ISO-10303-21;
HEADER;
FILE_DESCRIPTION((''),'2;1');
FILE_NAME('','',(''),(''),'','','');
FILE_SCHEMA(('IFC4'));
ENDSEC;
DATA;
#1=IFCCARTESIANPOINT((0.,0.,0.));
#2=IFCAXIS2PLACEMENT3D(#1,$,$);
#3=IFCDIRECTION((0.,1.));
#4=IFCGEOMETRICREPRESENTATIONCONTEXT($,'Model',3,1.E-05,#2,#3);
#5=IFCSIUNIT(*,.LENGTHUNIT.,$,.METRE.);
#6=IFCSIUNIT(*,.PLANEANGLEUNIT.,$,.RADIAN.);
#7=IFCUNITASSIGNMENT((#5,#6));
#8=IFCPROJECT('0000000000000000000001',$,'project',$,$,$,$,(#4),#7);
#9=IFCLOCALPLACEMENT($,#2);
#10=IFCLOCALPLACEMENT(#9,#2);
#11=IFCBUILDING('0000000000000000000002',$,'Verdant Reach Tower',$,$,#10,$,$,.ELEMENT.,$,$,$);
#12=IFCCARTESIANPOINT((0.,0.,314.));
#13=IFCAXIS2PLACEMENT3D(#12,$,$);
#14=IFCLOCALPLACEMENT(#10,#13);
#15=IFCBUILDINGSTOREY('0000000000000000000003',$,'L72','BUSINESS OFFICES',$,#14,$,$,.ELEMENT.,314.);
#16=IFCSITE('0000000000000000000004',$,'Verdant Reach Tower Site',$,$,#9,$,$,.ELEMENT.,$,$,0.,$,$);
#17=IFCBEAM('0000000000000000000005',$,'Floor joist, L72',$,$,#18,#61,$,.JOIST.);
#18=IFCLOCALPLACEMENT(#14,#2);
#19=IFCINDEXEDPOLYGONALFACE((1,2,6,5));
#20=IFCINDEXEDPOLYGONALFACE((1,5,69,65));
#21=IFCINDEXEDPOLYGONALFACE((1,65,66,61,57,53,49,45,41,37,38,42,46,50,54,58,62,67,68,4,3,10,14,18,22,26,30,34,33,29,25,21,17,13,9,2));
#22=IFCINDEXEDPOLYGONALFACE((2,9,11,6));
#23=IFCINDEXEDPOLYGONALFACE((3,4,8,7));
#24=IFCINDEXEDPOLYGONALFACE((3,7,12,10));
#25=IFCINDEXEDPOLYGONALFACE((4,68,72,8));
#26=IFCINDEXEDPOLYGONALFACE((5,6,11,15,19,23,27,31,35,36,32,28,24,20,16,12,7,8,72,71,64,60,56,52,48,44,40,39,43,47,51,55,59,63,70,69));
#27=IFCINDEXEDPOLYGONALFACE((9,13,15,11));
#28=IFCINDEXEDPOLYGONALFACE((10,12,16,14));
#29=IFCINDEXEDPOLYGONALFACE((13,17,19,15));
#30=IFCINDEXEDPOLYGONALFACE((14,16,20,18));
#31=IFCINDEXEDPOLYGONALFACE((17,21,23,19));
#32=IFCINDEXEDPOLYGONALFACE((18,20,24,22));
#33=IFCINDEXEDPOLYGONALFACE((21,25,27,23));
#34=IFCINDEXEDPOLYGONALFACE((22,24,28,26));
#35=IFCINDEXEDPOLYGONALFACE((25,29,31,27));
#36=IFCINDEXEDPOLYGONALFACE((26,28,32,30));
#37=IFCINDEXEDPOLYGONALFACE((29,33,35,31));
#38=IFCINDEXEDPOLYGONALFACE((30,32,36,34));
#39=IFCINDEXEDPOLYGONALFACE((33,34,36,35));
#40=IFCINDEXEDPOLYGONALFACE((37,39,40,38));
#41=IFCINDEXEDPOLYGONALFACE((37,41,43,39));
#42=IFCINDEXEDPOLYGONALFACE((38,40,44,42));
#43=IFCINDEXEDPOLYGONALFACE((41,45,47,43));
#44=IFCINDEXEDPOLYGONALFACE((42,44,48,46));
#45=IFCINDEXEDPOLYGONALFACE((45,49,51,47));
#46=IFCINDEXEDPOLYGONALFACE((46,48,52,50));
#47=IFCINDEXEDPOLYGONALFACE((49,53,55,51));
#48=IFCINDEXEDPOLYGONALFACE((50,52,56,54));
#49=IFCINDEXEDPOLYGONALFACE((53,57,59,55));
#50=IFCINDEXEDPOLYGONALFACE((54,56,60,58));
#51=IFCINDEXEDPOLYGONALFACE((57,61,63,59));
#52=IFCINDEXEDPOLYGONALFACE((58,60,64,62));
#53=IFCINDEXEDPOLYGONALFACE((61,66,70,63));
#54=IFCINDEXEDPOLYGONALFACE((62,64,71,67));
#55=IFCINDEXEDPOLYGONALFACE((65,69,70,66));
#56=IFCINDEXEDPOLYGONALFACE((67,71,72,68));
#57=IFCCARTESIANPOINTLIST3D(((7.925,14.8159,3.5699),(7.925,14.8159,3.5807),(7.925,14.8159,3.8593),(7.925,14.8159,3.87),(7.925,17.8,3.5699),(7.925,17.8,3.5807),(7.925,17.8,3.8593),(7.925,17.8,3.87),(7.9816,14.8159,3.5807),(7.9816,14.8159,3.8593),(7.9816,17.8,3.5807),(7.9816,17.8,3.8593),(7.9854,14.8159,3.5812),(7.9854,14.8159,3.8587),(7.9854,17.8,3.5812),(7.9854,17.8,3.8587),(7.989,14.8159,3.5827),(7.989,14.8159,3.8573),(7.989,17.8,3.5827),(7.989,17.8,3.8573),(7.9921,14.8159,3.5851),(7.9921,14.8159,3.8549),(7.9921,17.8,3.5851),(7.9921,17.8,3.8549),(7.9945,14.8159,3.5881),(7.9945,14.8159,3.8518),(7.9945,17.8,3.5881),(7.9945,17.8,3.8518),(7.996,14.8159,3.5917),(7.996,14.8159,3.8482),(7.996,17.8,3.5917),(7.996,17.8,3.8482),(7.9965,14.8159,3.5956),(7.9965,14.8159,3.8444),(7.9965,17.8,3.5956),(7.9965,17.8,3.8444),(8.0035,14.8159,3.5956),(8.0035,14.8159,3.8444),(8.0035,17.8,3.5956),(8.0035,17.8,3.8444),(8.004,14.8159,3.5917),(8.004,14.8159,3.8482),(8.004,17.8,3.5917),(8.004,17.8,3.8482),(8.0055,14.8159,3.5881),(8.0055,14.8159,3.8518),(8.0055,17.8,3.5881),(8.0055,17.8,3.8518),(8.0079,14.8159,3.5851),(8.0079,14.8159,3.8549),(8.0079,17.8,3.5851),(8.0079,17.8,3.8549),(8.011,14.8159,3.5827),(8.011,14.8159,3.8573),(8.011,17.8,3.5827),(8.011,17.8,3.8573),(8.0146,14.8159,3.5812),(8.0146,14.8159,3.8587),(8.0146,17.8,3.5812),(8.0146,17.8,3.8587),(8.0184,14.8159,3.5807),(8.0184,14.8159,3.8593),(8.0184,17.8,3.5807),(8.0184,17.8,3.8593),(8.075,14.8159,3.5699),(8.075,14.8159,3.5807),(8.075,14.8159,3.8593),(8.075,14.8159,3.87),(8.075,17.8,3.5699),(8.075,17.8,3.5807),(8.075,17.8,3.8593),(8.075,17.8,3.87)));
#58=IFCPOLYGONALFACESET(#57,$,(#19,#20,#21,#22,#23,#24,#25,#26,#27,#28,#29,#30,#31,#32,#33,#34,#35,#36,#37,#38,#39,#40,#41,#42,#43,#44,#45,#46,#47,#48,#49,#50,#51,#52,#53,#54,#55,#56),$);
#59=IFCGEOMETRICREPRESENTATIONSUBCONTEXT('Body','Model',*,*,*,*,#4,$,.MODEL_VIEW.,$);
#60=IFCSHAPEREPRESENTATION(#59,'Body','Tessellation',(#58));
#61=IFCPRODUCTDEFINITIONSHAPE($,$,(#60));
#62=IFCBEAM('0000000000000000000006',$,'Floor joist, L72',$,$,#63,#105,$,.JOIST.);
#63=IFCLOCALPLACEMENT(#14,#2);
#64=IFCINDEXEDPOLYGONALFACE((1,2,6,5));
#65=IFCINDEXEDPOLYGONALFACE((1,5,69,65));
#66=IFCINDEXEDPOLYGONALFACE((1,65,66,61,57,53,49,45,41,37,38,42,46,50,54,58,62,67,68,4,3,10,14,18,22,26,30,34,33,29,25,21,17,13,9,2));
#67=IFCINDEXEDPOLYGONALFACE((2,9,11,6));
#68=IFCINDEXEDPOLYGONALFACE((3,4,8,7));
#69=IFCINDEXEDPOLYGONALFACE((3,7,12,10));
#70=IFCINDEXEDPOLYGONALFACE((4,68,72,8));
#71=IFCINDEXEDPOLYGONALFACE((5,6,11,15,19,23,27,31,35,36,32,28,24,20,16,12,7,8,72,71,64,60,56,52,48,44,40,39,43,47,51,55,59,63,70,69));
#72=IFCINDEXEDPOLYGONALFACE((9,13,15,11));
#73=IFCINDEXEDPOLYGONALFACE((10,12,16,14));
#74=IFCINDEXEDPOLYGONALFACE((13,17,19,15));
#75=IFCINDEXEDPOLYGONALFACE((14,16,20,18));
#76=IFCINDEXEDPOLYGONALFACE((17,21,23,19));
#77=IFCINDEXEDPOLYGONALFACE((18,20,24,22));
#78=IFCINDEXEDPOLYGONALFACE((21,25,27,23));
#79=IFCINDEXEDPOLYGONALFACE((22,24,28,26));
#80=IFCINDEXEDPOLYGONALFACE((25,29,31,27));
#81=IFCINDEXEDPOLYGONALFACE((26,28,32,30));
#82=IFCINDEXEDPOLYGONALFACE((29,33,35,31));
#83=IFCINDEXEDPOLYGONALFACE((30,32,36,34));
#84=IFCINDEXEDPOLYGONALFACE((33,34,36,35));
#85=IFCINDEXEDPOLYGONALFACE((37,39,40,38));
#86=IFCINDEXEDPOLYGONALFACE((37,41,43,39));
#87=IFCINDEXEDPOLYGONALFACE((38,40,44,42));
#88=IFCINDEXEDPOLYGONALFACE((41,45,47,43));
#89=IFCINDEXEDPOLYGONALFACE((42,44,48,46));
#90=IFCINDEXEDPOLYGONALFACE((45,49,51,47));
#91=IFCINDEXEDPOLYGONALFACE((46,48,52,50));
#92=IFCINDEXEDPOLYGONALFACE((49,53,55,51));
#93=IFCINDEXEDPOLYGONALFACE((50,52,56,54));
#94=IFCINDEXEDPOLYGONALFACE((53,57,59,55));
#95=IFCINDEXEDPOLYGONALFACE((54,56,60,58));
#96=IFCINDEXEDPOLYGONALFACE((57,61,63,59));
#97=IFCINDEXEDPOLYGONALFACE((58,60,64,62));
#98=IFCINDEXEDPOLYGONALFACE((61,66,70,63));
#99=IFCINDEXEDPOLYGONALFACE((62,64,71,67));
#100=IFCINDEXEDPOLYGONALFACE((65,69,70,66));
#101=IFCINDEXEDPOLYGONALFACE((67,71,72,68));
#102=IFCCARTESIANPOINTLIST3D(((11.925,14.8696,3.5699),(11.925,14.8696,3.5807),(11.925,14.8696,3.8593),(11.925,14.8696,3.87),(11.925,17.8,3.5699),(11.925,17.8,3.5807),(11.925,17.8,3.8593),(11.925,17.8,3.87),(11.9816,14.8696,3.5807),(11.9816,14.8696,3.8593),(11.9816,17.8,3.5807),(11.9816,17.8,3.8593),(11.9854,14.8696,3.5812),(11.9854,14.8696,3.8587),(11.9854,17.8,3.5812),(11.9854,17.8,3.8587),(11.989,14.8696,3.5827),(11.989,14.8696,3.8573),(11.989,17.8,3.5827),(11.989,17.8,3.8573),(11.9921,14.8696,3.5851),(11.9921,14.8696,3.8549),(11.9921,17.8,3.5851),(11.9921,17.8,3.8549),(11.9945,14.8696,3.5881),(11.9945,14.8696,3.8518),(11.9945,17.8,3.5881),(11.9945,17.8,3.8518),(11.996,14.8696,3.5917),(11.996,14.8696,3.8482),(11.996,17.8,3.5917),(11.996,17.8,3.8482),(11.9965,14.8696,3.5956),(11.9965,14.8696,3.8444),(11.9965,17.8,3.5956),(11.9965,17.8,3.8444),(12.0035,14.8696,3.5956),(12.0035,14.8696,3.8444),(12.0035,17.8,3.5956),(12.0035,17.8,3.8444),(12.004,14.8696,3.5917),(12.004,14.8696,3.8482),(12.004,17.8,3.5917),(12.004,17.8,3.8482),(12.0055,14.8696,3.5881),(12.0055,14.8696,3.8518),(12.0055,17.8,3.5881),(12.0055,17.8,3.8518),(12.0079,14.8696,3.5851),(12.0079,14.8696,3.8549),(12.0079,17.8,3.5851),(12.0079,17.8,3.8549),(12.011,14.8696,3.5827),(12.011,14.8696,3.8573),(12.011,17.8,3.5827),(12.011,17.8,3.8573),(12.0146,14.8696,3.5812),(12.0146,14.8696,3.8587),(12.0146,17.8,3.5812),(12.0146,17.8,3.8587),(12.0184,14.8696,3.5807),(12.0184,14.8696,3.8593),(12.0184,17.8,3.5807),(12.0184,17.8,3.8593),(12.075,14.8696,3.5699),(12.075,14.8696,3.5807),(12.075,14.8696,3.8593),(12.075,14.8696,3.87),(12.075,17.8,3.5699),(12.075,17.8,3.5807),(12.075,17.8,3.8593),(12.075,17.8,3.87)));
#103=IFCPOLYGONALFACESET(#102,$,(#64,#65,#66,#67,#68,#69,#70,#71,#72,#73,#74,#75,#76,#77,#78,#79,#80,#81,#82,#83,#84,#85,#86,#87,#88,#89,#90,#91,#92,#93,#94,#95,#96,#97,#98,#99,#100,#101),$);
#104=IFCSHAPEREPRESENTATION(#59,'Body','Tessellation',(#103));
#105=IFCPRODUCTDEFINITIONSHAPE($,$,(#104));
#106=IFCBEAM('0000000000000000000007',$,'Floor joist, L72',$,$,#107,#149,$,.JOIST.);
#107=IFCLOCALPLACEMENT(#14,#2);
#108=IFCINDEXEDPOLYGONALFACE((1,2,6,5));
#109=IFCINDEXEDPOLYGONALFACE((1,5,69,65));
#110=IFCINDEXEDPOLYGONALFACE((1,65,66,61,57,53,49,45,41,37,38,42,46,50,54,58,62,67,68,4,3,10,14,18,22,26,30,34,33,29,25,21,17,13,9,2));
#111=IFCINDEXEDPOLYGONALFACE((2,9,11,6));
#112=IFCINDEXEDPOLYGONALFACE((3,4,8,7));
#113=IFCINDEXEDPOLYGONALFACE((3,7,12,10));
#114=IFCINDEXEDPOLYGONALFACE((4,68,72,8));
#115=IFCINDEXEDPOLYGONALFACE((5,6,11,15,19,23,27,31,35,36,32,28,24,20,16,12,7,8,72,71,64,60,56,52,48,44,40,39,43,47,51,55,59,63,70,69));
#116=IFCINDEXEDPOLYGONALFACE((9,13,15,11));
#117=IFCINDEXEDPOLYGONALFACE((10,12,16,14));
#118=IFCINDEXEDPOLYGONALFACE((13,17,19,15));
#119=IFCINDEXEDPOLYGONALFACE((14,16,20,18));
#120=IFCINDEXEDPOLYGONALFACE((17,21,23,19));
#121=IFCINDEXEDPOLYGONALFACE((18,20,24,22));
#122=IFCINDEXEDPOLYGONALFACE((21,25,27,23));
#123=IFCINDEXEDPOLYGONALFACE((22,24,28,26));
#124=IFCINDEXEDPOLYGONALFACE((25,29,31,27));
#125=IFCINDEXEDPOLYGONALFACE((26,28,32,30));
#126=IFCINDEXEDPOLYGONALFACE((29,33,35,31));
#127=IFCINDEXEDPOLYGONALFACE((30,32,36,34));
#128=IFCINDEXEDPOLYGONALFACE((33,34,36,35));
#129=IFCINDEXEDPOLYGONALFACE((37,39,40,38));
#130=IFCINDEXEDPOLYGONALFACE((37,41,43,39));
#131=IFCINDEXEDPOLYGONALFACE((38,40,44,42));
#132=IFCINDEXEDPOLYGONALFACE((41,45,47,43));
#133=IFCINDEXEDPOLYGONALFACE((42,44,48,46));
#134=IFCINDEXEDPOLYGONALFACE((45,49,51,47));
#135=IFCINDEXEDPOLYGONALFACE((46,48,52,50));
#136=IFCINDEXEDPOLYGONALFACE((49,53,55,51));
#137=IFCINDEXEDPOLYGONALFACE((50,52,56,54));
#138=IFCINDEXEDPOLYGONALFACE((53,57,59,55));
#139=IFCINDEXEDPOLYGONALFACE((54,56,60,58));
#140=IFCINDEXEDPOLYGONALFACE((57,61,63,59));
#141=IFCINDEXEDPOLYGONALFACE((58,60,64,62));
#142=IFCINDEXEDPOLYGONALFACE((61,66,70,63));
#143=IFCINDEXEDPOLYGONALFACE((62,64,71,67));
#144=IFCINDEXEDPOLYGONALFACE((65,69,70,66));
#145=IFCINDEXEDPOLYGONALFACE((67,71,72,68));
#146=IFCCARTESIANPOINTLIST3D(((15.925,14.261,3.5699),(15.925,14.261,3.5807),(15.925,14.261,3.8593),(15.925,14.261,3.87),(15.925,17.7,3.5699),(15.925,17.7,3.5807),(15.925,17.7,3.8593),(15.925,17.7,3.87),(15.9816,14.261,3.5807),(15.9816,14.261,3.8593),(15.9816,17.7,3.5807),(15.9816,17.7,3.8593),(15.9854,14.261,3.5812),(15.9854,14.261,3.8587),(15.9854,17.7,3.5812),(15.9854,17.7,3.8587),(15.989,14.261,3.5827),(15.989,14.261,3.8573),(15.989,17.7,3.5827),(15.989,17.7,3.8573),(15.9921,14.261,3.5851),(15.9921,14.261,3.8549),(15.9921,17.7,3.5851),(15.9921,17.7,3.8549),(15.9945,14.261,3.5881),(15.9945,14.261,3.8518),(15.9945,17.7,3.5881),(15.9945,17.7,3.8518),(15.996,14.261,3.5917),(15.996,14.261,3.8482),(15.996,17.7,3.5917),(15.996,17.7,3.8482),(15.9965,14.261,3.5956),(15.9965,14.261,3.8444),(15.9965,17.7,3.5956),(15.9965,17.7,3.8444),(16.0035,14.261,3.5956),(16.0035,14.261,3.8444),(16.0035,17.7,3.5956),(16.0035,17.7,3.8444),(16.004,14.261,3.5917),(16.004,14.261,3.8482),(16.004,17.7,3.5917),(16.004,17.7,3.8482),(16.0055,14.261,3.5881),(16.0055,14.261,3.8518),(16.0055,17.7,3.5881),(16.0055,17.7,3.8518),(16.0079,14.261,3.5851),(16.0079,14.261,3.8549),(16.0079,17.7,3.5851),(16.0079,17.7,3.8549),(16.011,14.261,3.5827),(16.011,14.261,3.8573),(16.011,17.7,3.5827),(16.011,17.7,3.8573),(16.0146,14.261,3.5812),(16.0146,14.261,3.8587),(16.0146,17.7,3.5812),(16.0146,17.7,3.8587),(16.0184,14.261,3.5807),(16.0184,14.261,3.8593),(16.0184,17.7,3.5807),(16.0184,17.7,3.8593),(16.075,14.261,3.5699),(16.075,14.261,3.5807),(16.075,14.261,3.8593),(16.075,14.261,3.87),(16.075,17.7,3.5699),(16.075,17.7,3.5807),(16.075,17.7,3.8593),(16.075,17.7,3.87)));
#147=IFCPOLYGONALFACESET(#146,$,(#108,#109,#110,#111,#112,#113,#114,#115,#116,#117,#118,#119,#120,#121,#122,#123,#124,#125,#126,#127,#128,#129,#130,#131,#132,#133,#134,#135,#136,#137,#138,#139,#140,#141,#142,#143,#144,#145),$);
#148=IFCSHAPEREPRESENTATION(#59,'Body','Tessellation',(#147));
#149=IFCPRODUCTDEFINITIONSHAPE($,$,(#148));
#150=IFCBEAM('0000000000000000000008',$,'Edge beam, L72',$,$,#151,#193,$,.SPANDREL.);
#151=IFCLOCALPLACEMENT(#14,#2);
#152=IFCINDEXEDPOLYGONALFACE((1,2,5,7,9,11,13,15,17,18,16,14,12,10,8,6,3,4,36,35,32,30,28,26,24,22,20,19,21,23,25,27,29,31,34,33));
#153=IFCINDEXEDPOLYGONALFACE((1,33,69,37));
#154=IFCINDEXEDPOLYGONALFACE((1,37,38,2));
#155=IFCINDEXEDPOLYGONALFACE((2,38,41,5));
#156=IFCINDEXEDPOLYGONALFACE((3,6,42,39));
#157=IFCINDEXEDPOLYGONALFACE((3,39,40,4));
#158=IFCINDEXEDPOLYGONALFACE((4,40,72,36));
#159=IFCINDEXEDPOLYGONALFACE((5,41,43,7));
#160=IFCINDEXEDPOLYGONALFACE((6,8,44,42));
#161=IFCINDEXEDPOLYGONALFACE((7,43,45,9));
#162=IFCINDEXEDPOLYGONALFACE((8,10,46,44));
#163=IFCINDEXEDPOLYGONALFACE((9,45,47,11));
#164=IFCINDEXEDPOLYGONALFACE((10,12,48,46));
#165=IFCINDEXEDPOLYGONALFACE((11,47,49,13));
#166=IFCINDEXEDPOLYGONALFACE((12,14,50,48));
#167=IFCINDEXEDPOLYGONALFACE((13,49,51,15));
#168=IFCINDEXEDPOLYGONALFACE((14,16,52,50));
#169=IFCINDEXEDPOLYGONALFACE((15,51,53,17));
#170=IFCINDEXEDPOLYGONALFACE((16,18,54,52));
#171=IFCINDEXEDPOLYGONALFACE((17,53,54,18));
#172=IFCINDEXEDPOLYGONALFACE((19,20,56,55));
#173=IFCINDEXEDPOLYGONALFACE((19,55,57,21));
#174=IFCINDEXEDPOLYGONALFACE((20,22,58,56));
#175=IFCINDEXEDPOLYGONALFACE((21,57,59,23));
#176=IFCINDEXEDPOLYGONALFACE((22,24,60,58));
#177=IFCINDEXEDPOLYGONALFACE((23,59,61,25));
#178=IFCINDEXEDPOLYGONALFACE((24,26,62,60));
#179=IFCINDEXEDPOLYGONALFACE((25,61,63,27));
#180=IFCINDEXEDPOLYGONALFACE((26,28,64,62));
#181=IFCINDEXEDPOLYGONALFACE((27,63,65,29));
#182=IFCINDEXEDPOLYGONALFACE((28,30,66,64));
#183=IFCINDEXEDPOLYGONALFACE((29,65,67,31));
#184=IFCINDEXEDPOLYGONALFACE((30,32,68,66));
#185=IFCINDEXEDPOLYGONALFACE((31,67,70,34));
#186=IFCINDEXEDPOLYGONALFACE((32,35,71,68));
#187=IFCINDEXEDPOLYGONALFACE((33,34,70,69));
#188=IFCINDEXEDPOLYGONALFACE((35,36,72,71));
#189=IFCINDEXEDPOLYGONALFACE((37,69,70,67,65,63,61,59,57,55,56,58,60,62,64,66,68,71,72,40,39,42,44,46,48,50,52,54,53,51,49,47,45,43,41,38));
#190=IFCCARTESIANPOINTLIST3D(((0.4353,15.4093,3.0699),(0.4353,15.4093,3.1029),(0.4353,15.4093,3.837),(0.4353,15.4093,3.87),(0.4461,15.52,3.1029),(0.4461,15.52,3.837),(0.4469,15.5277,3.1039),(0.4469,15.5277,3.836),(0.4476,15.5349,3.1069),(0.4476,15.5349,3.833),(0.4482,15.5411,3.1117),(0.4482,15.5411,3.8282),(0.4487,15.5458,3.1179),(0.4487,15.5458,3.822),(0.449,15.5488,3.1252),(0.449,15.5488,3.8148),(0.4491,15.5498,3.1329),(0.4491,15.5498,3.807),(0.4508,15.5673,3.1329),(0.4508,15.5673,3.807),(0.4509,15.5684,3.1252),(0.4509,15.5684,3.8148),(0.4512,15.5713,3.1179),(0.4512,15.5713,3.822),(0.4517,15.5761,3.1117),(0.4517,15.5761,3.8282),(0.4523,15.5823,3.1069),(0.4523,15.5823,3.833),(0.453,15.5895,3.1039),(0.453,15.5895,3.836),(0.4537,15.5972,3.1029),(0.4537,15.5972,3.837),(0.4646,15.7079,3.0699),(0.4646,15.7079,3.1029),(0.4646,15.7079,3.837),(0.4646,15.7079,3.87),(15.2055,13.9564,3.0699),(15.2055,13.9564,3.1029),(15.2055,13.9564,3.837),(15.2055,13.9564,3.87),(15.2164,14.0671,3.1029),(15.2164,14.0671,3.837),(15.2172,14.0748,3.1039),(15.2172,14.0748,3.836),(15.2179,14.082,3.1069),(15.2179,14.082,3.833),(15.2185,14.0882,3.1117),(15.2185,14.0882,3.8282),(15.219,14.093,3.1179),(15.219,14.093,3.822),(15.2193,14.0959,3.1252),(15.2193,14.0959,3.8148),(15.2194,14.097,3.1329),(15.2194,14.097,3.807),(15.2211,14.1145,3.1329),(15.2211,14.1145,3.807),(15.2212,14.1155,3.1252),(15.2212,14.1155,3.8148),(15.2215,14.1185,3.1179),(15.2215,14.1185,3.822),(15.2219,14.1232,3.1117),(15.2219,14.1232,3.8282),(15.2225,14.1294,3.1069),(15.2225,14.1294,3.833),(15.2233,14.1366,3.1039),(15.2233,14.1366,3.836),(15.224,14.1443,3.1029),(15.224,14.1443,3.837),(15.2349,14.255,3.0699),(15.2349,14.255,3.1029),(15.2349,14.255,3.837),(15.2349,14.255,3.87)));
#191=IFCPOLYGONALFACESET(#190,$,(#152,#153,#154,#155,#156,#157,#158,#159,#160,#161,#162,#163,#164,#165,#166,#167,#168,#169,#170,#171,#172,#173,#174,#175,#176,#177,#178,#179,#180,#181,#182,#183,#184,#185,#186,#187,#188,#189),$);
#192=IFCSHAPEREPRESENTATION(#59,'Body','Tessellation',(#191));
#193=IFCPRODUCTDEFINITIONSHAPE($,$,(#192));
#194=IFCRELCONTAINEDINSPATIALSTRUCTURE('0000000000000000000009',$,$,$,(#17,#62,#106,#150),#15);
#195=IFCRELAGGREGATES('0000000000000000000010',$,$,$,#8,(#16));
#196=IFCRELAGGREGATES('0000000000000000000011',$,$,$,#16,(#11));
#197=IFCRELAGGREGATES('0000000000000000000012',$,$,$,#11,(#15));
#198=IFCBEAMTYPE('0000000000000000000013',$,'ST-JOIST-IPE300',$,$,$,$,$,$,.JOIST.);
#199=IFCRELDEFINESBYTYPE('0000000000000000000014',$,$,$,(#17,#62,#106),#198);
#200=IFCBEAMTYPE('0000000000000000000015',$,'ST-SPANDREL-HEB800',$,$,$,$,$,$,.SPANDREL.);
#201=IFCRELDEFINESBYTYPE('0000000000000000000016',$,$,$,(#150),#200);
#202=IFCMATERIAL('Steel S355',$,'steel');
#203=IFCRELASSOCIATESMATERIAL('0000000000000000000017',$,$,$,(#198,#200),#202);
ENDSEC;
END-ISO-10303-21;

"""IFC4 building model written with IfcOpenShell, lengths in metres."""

from ifc_helpers import new_model, si_unit, direction, frame, origin, origin_2d, place, context, subcontext, project, spatial, i_section, extrude, material, material_profile, profile_set, type_object, element, save


model = new_model("IFC4")

# Units and contexts
model_context = context("Model", 3, precision=1e-05, world=origin(), true_north=direction((0.0, 1.0)))
body_context = subcontext(model_context, "Body", "Model", "MODEL_VIEW")
ifc_project = project(units=[si_unit("LENGTHUNIT", "METRE"), si_unit("PLANEANGLEUNIT", "RADIAN")], contexts=[model_context])

# Site, building, storey
site_placement = place(None, origin())
site = spatial("IfcSite", under=ifc_project, at=site_placement, Name="Verdant Reach Tower Site", CompositionType="ELEMENT", RefElevation=0.0)
building_placement = place(site_placement, origin())
building = spatial("IfcBuilding", under=site, at=building_placement, Name="Verdant Reach Tower", CompositionType="ELEMENT")
storey_placement = place(building_placement, frame((0.0, 0.0, 314.0)))
storey = spatial("IfcBuildingStorey", under=building, at=storey_placement, Name="L72", Description="BUSINESS OFFICES", CompositionType="ELEMENT", Elevation=314.0)

# Beams
ifc_material_1 = material(Name="Steel S355", Category="steel")
ifc_material_profile_1 = material_profile(ifc_material_1, i_section(OverallWidth=0.1499, OverallDepth=0.3, WebThickness=0.0071, FlangeThickness=0.0107, FilletRadius=0.0149, at=origin_2d()), Name="IPE 300")
ifc_profile_set_1 = profile_set([ifc_material_profile_1], Name="Steel S355")
beam_type_1 = type_object("IfcBeamType", Name="ST-JOIST-IPE300", PredefinedType="JOIST", material=ifc_profile_set_1)
beam_1_placement = place(storey_placement, frame((8.0, 17.8, 3.72), z_axis=(0.0, -1.0, 0.0), x_axis=(1.0, 0.0, 0.0)))
element("IfcBeam", 1, at=beam_1_placement, inside=storey, type_object=beam_type_1, Name="Floor joist, L72", PredefinedType="JOIST", context=body_context, shape_type="SweptSolid", body=[
    extrude(i_section(OverallWidth=0.1499, OverallDepth=0.3, WebThickness=0.0071, FlangeThickness=0.0107, FilletRadius=0.0149, at=origin_2d()), origin(), (0.0, 0.0, 1.0), 2.9841),
])
beam_2_placement = place(storey_placement, frame((12.0, 17.8, 3.72), z_axis=(0.0, -1.0, 0.0), x_axis=(1.0, 0.0, 0.0)))
element("IfcBeam", 2, at=beam_2_placement, inside=storey, type_object=beam_type_1, Name="Floor joist, L72", PredefinedType="JOIST", context=body_context, shape_type="SweptSolid", body=[
    extrude(i_section(OverallWidth=0.1499, OverallDepth=0.3, WebThickness=0.0071, FlangeThickness=0.0107, FilletRadius=0.0149, at=origin_2d()), origin(), (0.0, 0.0, 1.0), 2.9304),
])
beam_3_placement = place(storey_placement, frame((16.0, 17.7, 3.72), z_axis=(0.0, -1.0, 0.0), x_axis=(1.0, 0.0, 0.0)))
element("IfcBeam", 3, at=beam_3_placement, inside=storey, type_object=beam_type_1, Name="Floor joist, L72", PredefinedType="JOIST", context=body_context, shape_type="SweptSolid", body=[
    extrude(i_section(OverallWidth=0.1499, OverallDepth=0.3, WebThickness=0.0071, FlangeThickness=0.0107, FilletRadius=0.0149, at=origin_2d()), origin(), (0.0, 0.0, 1.0), 3.439),
])
ifc_material_profile_2 = material_profile(ifc_material_1, i_section(OverallWidth=0.3, OverallDepth=0.8, WebThickness=0.0176, FlangeThickness=0.033, FilletRadius=0.03, at=origin_2d()), Name="HEB 800")
ifc_profile_set_2 = profile_set([ifc_material_profile_2], Name="Steel S355")
beam_type_2 = type_object("IfcBeamType", Name="ST-SPANDREL-HEB800", PredefinedType="SPANDREL", material=ifc_profile_set_2)
beam_4_placement = place(storey_placement, frame((15.2202, 14.1057, 3.47), z_axis=(-0.995197, 0.097893, 0.0), x_axis=(-0.097893, -0.995197, 0.0)))
element("IfcBeam", 4, at=beam_4_placement, inside=storey, type_object=beam_type_2, Name="Edge beam, L72", PredefinedType="SPANDREL", context=body_context, shape_type="SweptSolid", body=[
    extrude(i_section(OverallWidth=0.3, OverallDepth=0.8, WebThickness=0.0176, FlangeThickness=0.033, FilletRadius=0.03, at=origin_2d()), origin(), (0.0, 0.0, 1.0), 14.8416),
])

save(model, "model.ifc")
